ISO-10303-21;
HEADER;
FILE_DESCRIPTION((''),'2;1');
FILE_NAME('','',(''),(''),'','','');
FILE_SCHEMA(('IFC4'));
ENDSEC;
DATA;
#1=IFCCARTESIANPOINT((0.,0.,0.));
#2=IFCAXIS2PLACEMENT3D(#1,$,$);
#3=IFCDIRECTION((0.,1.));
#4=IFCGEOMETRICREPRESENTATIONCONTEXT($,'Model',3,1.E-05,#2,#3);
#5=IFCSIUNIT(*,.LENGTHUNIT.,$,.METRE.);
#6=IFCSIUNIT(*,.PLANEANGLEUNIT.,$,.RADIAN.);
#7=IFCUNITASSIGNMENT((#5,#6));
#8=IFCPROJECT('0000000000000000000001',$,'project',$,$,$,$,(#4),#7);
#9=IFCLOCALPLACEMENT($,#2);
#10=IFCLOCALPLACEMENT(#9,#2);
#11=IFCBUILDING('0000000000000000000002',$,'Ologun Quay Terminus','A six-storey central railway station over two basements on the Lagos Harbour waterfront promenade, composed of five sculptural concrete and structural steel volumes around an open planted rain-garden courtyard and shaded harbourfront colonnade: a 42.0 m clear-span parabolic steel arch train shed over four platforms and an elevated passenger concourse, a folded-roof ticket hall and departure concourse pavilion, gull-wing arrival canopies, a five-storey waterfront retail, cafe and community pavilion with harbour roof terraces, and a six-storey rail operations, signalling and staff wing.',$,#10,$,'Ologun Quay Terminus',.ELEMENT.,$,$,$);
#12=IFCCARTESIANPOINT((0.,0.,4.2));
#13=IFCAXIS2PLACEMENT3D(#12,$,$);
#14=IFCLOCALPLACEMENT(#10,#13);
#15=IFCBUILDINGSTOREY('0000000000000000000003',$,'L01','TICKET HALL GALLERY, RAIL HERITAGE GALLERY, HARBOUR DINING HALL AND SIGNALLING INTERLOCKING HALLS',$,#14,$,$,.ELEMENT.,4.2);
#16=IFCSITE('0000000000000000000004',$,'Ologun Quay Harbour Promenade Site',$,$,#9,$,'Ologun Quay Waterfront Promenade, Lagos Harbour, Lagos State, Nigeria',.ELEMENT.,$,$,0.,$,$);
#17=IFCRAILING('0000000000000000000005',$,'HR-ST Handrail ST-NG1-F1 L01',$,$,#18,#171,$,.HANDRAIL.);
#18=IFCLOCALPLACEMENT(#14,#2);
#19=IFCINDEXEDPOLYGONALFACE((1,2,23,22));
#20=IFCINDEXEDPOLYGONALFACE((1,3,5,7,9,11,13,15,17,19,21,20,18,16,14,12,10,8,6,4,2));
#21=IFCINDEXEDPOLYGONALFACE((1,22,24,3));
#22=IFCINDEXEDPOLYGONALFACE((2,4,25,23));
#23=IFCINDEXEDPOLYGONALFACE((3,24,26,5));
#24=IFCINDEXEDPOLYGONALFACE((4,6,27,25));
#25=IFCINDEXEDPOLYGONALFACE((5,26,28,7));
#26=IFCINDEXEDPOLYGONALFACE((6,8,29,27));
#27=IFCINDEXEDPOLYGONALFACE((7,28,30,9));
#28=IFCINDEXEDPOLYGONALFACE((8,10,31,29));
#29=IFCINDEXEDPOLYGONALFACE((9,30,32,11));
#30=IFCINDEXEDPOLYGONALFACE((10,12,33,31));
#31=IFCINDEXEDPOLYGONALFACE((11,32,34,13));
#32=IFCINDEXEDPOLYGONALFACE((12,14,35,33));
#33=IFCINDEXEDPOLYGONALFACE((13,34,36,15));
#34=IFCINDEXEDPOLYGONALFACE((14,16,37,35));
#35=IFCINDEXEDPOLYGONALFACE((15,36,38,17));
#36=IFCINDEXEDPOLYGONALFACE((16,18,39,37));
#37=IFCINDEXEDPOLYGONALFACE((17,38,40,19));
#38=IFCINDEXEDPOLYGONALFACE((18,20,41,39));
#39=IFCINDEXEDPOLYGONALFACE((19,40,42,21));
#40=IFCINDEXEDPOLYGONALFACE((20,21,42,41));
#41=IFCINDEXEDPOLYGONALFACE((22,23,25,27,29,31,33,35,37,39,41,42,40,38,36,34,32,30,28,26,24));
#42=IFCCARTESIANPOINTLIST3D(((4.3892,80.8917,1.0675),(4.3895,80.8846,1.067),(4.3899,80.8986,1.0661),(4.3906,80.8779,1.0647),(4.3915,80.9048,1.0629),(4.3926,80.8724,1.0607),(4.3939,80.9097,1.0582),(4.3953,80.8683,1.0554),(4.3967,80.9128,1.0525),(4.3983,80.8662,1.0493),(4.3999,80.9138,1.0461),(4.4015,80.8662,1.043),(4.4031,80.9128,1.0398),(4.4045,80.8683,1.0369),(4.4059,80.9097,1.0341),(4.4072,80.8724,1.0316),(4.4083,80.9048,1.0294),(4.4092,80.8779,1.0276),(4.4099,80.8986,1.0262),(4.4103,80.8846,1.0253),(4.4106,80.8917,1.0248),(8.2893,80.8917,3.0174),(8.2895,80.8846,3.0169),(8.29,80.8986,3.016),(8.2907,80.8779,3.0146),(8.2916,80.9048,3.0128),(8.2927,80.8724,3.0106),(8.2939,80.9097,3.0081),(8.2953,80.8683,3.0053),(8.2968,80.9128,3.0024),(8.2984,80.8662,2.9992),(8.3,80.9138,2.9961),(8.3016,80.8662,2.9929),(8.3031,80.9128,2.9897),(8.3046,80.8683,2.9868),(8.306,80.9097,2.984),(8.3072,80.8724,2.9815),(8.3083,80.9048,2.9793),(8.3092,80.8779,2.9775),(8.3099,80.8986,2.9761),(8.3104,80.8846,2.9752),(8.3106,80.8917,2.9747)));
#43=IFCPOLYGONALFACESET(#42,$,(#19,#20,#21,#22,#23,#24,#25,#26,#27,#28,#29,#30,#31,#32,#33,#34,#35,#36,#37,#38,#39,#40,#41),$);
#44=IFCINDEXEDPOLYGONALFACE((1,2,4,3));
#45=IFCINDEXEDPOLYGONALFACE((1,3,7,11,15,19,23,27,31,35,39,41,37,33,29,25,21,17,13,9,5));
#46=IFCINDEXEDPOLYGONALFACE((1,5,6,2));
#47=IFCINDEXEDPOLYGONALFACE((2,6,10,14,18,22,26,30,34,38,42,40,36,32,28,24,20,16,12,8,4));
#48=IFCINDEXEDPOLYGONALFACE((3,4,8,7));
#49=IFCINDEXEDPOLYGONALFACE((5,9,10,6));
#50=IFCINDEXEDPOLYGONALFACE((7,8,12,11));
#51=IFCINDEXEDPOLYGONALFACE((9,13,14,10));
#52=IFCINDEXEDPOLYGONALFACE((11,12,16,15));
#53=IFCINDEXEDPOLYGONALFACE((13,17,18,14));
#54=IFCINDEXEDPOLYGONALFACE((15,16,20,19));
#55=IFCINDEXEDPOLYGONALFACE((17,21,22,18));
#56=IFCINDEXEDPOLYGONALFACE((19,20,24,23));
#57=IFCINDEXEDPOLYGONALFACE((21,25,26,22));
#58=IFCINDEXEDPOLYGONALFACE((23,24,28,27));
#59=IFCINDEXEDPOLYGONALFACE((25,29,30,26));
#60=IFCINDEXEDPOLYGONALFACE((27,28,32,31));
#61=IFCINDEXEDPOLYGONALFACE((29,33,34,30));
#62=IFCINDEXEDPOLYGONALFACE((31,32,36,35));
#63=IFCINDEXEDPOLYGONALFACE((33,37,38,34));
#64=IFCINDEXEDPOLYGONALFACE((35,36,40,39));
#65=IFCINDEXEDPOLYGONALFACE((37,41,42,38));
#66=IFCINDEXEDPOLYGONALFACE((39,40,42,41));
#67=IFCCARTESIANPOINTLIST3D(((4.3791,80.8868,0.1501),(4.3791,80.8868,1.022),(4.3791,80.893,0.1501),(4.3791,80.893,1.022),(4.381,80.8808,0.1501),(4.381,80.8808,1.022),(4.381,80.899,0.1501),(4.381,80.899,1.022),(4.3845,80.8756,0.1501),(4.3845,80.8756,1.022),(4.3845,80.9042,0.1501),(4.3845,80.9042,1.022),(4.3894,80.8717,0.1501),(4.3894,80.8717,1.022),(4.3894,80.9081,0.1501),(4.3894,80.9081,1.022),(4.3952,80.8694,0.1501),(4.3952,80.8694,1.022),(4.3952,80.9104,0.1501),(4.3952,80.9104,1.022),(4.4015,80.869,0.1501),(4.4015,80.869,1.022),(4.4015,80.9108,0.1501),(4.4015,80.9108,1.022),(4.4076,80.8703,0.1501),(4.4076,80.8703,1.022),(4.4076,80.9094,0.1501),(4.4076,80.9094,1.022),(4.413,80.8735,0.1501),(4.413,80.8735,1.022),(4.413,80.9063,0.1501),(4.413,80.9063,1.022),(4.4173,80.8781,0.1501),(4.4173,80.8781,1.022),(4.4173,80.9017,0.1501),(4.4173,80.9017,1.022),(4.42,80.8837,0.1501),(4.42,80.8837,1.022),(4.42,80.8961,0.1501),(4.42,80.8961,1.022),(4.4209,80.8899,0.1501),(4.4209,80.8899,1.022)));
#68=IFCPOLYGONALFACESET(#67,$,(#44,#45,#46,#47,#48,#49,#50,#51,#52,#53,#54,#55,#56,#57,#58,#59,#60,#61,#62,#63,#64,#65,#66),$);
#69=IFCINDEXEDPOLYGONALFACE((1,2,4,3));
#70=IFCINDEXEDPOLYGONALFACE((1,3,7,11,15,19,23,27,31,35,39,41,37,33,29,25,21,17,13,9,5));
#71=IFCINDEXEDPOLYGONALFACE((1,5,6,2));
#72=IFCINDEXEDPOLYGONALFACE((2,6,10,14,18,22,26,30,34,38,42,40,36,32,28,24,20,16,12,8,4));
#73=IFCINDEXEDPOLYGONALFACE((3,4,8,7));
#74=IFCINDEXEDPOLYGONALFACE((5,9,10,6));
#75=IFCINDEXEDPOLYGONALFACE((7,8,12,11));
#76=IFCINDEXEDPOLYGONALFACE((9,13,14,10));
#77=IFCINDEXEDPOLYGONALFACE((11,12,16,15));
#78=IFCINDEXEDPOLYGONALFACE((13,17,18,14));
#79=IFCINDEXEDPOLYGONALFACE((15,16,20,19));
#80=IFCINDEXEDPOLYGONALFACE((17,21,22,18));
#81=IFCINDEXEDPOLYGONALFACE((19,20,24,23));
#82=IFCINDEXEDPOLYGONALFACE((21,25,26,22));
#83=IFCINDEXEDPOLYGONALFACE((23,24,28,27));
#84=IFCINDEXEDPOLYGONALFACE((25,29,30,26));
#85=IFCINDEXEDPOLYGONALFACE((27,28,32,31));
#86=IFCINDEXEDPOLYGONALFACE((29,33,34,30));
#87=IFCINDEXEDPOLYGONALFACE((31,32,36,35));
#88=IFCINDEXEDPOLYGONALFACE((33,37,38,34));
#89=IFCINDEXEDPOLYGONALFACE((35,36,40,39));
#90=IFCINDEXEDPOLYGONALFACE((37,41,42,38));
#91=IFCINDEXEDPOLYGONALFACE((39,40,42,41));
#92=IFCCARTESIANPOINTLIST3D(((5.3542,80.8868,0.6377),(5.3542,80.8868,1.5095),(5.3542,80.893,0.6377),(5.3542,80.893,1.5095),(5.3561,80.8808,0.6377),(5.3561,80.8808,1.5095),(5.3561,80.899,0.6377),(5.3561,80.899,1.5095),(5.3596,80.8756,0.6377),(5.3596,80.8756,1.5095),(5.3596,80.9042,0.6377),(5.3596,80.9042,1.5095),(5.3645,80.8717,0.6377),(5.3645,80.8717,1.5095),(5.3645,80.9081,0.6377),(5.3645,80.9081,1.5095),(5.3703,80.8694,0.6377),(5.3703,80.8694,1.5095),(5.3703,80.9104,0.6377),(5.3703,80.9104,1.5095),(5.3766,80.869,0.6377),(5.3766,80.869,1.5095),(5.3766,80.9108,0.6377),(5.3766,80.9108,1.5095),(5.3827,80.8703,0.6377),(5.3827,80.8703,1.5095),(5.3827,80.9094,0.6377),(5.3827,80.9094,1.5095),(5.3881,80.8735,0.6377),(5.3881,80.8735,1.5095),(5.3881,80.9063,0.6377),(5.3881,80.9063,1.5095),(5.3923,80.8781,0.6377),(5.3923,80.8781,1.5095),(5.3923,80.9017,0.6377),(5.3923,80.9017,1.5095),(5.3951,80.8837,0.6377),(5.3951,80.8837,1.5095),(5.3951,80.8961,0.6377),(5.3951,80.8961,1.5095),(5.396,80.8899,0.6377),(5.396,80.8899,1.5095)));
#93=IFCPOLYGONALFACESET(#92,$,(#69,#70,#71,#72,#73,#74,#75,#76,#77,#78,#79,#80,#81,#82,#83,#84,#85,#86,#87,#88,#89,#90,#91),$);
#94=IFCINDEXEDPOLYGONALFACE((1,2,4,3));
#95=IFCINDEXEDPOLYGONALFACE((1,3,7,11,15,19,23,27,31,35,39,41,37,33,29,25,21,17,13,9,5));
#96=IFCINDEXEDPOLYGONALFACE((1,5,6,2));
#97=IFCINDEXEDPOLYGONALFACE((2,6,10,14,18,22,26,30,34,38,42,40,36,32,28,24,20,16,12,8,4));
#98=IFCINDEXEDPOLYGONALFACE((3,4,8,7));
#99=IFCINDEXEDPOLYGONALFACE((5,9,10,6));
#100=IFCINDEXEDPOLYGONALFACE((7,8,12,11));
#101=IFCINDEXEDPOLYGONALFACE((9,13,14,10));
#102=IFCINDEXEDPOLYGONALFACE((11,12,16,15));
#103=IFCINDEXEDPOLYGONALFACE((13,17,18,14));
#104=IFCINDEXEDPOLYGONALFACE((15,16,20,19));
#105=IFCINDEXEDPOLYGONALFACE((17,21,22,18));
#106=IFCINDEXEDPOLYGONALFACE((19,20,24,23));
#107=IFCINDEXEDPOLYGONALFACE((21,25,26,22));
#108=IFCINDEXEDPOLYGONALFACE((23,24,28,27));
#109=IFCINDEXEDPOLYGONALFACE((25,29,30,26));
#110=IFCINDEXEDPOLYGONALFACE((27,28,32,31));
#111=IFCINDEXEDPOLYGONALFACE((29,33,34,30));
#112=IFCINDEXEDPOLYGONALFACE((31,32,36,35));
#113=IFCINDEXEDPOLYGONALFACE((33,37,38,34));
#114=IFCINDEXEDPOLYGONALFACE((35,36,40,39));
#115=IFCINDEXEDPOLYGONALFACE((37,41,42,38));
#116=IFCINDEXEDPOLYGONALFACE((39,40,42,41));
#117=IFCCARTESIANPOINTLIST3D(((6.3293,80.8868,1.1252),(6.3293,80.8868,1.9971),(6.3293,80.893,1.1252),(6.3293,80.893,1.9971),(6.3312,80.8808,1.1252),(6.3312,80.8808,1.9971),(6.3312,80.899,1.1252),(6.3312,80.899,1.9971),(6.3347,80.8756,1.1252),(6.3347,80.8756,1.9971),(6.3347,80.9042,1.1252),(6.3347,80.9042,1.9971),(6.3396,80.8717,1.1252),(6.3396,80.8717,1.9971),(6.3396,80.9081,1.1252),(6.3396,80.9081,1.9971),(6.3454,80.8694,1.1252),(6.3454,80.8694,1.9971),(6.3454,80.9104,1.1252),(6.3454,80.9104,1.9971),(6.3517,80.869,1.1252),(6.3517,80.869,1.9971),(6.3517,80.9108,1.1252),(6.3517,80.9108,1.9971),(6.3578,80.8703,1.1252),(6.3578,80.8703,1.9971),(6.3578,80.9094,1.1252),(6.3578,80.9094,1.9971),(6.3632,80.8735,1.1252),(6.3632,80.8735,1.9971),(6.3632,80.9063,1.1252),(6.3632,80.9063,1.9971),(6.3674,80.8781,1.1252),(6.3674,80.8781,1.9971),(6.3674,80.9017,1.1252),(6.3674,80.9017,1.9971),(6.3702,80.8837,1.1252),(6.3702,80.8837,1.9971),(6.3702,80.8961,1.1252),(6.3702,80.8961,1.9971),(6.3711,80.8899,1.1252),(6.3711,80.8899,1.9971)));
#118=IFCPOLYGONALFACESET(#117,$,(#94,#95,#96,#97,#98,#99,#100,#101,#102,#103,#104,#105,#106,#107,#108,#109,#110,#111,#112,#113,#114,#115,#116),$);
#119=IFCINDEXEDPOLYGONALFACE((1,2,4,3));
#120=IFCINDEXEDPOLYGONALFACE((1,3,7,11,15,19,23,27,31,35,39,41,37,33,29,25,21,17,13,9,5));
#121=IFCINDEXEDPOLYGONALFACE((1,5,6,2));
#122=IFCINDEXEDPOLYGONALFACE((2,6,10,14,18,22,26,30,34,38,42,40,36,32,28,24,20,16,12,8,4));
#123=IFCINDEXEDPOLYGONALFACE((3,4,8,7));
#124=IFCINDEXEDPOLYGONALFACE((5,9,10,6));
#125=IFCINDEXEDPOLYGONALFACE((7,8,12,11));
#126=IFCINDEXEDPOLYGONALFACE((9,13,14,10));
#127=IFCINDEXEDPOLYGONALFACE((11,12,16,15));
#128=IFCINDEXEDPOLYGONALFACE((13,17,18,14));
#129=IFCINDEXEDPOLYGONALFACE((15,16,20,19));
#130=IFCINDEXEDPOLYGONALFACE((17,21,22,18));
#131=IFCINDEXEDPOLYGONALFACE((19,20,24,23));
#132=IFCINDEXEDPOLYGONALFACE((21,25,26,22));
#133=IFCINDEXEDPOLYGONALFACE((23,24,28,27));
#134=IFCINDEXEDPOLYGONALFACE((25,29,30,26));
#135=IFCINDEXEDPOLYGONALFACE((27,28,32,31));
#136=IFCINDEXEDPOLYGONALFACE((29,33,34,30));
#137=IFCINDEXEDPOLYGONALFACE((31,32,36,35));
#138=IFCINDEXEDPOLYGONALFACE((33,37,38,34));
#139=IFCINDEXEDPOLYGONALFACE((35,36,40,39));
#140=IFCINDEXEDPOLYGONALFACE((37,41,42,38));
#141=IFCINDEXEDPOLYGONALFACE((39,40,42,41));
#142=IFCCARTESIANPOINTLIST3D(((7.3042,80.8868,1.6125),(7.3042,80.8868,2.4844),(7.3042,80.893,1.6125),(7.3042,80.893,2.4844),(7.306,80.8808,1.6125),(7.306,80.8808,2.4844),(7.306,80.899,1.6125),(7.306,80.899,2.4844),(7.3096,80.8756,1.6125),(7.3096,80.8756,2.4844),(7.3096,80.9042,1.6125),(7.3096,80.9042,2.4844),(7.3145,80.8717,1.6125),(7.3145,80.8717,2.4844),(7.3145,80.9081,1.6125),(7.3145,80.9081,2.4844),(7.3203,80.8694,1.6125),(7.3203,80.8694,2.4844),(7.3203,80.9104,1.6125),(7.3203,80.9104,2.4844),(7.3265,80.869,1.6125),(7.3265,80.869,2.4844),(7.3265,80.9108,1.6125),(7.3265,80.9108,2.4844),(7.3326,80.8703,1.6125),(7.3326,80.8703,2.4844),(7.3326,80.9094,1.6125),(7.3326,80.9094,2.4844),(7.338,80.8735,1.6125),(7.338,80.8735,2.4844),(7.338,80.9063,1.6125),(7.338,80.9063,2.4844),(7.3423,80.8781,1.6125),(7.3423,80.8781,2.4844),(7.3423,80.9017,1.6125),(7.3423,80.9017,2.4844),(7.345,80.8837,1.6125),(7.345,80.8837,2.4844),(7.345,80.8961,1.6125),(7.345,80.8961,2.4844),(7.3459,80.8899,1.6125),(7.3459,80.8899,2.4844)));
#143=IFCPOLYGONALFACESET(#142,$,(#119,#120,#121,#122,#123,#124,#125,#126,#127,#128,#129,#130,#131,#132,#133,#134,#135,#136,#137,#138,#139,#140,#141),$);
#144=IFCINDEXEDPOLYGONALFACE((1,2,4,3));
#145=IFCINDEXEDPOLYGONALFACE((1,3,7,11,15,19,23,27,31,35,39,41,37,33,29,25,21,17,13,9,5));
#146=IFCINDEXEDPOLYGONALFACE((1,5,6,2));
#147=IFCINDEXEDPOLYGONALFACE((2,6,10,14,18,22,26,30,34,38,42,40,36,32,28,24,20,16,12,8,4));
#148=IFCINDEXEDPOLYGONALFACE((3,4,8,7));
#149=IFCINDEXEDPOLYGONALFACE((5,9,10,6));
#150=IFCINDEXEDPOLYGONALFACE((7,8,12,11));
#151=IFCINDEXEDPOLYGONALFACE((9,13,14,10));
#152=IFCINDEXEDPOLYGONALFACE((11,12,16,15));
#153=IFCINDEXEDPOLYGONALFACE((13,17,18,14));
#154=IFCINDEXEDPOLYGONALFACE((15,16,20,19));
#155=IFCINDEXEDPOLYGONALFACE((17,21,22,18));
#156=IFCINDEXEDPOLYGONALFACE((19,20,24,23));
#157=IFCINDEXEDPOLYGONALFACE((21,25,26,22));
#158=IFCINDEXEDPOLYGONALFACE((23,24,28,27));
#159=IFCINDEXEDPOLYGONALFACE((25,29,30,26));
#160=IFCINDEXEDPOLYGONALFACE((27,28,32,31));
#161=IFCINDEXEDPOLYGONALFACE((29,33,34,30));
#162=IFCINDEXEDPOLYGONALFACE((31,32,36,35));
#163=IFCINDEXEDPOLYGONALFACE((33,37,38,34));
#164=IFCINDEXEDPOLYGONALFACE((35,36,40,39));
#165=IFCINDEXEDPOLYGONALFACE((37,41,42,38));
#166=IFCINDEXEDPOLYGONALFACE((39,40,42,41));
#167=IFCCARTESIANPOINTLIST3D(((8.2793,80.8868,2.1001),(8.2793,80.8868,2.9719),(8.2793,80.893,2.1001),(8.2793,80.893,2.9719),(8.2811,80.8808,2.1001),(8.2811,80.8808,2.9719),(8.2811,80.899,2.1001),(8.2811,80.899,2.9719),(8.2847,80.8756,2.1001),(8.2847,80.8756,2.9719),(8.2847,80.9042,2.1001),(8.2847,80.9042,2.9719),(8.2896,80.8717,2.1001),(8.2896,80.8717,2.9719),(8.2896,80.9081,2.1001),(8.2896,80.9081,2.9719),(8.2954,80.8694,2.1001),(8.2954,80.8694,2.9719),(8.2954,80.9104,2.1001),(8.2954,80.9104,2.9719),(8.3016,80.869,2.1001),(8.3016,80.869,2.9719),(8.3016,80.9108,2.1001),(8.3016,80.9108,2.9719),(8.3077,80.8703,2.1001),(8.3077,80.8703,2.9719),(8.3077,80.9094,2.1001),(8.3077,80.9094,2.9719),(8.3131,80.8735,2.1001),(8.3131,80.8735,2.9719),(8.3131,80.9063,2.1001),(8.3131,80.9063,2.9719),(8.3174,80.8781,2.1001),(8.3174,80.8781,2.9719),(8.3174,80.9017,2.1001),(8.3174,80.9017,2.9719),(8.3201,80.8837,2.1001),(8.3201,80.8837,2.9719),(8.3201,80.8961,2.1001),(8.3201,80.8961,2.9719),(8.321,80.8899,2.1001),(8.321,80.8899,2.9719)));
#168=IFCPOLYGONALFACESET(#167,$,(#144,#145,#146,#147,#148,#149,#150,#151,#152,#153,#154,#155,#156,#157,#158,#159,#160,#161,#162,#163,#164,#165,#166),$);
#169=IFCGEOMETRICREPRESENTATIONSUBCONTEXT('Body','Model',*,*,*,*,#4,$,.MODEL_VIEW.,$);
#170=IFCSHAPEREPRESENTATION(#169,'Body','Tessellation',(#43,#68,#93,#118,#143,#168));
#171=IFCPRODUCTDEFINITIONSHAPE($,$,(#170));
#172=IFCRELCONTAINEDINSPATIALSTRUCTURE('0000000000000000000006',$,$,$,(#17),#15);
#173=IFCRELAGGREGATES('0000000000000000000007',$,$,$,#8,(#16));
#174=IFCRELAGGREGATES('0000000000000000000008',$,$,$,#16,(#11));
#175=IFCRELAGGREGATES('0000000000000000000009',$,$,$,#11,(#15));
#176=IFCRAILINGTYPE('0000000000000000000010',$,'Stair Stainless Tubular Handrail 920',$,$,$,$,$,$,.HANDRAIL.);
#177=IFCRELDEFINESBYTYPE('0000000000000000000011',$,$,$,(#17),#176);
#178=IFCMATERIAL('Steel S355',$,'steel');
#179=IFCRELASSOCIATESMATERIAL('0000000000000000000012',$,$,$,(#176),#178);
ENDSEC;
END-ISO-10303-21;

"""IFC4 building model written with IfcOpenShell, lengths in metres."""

from ifc_helpers import new_model, si_unit, direction, frame, origin, origin_2d, place, context, subcontext, project, spatial, circle, extrude, material, type_object, element, save


model = new_model("IFC4")

# Units and contexts
model_context = context("Model", 3, precision=1e-05, world=origin(), true_north=direction((0.0, 1.0)))
body_context = subcontext(model_context, "Body", "Model", "MODEL_VIEW")
ifc_project = project(units=[si_unit("LENGTHUNIT", "METRE"), si_unit("PLANEANGLEUNIT", "RADIAN")], contexts=[model_context])

# Site, building, storey
site_placement = place(None, origin())
site = spatial("IfcSite", under=ifc_project, at=site_placement, Name="Ologun Quay Harbour Promenade Site", LongName="Ologun Quay Waterfront Promenade, Lagos Harbour, Lagos State, Nigeria", CompositionType="ELEMENT", RefElevation=0.0)
building_placement = place(site_placement, origin())
building = spatial("IfcBuilding", under=site, at=building_placement, Name="Ologun Quay Terminus", Description="A six-storey central railway station over two basements on the Lagos Harbour waterfront promenade, composed of five sculptural concrete and structural steel volumes around an open planted rain-garden courtyard and shaded harbourfront colonnade: a 42.0 m clear-span parabolic steel arch train shed over four platforms and an elevated passenger concourse, a folded-roof ticket hall and departure concourse pavilion, gull-wing arrival canopies, a five-storey waterfront retail, cafe and community pavilion with harbour roof terraces, and a six-storey rail operations, signalling and staff wing.", LongName="Ologun Quay Terminus", CompositionType="ELEMENT")
storey_placement = place(building_placement, frame((0.0, 0.0, 4.2)))
storey = spatial("IfcBuildingStorey", under=building, at=storey_placement, Name="L01", Description="TICKET HALL GALLERY, RAIL HERITAGE GALLERY, HARBOUR DINING HALL AND SIGNALLING INTERLOCKING HALLS", CompositionType="ELEMENT", Elevation=4.2)

# Railing
ifc_material_1 = material(Name="Steel S355", Category="steel")
railing_type_1 = type_object("IfcRailingType", Name="Stair Stainless Tubular Handrail 920", PredefinedType="HANDRAIL", material=ifc_material_1)
railing_1_placement = place(storey_placement, frame((4.3999, 80.8899, 0.1501)))
element("IfcRailing", 1, at=railing_1_placement, inside=storey, type_object=railing_type_1, Name="HR-ST Handrail ST-NG1-F1 L01", PredefinedType="HANDRAIL", context=body_context, shape_type="SweptSolid", body=[
    extrude(circle(Radius=0.0239, at=origin_2d()), frame((0.0, 0.0, 0.896), z_axis=(0.894438, 0.0, 0.447191), x_axis=(0.0, 1.0, 0.0)), (0.0, 0.0, 1.0), 4.3604),
    extrude(circle(Radius=0.021, at=origin_2d()), origin(), (0.0, 0.0, 1.0), 0.8718),
    extrude(circle(Radius=0.021, at=origin_2d()), frame((0.9751, 0.0, 0.4875)), (0.0, 0.0, 1.0), 0.8718),
    extrude(circle(Radius=0.021, at=origin_2d()), frame((1.9502, 0.0, 0.9751)), (0.0, 0.0, 1.0), 0.8718),
    extrude(circle(Radius=0.021, at=origin_2d()), frame((2.925, 0.0, 1.4624)), (0.0, 0.0, 1.0), 0.8718),
    extrude(circle(Radius=0.021, at=origin_2d()), frame((3.9001, 0.0, 1.95)), (0.0, 0.0, 1.0), 0.8718),
])

save(model, "model.ifc")
